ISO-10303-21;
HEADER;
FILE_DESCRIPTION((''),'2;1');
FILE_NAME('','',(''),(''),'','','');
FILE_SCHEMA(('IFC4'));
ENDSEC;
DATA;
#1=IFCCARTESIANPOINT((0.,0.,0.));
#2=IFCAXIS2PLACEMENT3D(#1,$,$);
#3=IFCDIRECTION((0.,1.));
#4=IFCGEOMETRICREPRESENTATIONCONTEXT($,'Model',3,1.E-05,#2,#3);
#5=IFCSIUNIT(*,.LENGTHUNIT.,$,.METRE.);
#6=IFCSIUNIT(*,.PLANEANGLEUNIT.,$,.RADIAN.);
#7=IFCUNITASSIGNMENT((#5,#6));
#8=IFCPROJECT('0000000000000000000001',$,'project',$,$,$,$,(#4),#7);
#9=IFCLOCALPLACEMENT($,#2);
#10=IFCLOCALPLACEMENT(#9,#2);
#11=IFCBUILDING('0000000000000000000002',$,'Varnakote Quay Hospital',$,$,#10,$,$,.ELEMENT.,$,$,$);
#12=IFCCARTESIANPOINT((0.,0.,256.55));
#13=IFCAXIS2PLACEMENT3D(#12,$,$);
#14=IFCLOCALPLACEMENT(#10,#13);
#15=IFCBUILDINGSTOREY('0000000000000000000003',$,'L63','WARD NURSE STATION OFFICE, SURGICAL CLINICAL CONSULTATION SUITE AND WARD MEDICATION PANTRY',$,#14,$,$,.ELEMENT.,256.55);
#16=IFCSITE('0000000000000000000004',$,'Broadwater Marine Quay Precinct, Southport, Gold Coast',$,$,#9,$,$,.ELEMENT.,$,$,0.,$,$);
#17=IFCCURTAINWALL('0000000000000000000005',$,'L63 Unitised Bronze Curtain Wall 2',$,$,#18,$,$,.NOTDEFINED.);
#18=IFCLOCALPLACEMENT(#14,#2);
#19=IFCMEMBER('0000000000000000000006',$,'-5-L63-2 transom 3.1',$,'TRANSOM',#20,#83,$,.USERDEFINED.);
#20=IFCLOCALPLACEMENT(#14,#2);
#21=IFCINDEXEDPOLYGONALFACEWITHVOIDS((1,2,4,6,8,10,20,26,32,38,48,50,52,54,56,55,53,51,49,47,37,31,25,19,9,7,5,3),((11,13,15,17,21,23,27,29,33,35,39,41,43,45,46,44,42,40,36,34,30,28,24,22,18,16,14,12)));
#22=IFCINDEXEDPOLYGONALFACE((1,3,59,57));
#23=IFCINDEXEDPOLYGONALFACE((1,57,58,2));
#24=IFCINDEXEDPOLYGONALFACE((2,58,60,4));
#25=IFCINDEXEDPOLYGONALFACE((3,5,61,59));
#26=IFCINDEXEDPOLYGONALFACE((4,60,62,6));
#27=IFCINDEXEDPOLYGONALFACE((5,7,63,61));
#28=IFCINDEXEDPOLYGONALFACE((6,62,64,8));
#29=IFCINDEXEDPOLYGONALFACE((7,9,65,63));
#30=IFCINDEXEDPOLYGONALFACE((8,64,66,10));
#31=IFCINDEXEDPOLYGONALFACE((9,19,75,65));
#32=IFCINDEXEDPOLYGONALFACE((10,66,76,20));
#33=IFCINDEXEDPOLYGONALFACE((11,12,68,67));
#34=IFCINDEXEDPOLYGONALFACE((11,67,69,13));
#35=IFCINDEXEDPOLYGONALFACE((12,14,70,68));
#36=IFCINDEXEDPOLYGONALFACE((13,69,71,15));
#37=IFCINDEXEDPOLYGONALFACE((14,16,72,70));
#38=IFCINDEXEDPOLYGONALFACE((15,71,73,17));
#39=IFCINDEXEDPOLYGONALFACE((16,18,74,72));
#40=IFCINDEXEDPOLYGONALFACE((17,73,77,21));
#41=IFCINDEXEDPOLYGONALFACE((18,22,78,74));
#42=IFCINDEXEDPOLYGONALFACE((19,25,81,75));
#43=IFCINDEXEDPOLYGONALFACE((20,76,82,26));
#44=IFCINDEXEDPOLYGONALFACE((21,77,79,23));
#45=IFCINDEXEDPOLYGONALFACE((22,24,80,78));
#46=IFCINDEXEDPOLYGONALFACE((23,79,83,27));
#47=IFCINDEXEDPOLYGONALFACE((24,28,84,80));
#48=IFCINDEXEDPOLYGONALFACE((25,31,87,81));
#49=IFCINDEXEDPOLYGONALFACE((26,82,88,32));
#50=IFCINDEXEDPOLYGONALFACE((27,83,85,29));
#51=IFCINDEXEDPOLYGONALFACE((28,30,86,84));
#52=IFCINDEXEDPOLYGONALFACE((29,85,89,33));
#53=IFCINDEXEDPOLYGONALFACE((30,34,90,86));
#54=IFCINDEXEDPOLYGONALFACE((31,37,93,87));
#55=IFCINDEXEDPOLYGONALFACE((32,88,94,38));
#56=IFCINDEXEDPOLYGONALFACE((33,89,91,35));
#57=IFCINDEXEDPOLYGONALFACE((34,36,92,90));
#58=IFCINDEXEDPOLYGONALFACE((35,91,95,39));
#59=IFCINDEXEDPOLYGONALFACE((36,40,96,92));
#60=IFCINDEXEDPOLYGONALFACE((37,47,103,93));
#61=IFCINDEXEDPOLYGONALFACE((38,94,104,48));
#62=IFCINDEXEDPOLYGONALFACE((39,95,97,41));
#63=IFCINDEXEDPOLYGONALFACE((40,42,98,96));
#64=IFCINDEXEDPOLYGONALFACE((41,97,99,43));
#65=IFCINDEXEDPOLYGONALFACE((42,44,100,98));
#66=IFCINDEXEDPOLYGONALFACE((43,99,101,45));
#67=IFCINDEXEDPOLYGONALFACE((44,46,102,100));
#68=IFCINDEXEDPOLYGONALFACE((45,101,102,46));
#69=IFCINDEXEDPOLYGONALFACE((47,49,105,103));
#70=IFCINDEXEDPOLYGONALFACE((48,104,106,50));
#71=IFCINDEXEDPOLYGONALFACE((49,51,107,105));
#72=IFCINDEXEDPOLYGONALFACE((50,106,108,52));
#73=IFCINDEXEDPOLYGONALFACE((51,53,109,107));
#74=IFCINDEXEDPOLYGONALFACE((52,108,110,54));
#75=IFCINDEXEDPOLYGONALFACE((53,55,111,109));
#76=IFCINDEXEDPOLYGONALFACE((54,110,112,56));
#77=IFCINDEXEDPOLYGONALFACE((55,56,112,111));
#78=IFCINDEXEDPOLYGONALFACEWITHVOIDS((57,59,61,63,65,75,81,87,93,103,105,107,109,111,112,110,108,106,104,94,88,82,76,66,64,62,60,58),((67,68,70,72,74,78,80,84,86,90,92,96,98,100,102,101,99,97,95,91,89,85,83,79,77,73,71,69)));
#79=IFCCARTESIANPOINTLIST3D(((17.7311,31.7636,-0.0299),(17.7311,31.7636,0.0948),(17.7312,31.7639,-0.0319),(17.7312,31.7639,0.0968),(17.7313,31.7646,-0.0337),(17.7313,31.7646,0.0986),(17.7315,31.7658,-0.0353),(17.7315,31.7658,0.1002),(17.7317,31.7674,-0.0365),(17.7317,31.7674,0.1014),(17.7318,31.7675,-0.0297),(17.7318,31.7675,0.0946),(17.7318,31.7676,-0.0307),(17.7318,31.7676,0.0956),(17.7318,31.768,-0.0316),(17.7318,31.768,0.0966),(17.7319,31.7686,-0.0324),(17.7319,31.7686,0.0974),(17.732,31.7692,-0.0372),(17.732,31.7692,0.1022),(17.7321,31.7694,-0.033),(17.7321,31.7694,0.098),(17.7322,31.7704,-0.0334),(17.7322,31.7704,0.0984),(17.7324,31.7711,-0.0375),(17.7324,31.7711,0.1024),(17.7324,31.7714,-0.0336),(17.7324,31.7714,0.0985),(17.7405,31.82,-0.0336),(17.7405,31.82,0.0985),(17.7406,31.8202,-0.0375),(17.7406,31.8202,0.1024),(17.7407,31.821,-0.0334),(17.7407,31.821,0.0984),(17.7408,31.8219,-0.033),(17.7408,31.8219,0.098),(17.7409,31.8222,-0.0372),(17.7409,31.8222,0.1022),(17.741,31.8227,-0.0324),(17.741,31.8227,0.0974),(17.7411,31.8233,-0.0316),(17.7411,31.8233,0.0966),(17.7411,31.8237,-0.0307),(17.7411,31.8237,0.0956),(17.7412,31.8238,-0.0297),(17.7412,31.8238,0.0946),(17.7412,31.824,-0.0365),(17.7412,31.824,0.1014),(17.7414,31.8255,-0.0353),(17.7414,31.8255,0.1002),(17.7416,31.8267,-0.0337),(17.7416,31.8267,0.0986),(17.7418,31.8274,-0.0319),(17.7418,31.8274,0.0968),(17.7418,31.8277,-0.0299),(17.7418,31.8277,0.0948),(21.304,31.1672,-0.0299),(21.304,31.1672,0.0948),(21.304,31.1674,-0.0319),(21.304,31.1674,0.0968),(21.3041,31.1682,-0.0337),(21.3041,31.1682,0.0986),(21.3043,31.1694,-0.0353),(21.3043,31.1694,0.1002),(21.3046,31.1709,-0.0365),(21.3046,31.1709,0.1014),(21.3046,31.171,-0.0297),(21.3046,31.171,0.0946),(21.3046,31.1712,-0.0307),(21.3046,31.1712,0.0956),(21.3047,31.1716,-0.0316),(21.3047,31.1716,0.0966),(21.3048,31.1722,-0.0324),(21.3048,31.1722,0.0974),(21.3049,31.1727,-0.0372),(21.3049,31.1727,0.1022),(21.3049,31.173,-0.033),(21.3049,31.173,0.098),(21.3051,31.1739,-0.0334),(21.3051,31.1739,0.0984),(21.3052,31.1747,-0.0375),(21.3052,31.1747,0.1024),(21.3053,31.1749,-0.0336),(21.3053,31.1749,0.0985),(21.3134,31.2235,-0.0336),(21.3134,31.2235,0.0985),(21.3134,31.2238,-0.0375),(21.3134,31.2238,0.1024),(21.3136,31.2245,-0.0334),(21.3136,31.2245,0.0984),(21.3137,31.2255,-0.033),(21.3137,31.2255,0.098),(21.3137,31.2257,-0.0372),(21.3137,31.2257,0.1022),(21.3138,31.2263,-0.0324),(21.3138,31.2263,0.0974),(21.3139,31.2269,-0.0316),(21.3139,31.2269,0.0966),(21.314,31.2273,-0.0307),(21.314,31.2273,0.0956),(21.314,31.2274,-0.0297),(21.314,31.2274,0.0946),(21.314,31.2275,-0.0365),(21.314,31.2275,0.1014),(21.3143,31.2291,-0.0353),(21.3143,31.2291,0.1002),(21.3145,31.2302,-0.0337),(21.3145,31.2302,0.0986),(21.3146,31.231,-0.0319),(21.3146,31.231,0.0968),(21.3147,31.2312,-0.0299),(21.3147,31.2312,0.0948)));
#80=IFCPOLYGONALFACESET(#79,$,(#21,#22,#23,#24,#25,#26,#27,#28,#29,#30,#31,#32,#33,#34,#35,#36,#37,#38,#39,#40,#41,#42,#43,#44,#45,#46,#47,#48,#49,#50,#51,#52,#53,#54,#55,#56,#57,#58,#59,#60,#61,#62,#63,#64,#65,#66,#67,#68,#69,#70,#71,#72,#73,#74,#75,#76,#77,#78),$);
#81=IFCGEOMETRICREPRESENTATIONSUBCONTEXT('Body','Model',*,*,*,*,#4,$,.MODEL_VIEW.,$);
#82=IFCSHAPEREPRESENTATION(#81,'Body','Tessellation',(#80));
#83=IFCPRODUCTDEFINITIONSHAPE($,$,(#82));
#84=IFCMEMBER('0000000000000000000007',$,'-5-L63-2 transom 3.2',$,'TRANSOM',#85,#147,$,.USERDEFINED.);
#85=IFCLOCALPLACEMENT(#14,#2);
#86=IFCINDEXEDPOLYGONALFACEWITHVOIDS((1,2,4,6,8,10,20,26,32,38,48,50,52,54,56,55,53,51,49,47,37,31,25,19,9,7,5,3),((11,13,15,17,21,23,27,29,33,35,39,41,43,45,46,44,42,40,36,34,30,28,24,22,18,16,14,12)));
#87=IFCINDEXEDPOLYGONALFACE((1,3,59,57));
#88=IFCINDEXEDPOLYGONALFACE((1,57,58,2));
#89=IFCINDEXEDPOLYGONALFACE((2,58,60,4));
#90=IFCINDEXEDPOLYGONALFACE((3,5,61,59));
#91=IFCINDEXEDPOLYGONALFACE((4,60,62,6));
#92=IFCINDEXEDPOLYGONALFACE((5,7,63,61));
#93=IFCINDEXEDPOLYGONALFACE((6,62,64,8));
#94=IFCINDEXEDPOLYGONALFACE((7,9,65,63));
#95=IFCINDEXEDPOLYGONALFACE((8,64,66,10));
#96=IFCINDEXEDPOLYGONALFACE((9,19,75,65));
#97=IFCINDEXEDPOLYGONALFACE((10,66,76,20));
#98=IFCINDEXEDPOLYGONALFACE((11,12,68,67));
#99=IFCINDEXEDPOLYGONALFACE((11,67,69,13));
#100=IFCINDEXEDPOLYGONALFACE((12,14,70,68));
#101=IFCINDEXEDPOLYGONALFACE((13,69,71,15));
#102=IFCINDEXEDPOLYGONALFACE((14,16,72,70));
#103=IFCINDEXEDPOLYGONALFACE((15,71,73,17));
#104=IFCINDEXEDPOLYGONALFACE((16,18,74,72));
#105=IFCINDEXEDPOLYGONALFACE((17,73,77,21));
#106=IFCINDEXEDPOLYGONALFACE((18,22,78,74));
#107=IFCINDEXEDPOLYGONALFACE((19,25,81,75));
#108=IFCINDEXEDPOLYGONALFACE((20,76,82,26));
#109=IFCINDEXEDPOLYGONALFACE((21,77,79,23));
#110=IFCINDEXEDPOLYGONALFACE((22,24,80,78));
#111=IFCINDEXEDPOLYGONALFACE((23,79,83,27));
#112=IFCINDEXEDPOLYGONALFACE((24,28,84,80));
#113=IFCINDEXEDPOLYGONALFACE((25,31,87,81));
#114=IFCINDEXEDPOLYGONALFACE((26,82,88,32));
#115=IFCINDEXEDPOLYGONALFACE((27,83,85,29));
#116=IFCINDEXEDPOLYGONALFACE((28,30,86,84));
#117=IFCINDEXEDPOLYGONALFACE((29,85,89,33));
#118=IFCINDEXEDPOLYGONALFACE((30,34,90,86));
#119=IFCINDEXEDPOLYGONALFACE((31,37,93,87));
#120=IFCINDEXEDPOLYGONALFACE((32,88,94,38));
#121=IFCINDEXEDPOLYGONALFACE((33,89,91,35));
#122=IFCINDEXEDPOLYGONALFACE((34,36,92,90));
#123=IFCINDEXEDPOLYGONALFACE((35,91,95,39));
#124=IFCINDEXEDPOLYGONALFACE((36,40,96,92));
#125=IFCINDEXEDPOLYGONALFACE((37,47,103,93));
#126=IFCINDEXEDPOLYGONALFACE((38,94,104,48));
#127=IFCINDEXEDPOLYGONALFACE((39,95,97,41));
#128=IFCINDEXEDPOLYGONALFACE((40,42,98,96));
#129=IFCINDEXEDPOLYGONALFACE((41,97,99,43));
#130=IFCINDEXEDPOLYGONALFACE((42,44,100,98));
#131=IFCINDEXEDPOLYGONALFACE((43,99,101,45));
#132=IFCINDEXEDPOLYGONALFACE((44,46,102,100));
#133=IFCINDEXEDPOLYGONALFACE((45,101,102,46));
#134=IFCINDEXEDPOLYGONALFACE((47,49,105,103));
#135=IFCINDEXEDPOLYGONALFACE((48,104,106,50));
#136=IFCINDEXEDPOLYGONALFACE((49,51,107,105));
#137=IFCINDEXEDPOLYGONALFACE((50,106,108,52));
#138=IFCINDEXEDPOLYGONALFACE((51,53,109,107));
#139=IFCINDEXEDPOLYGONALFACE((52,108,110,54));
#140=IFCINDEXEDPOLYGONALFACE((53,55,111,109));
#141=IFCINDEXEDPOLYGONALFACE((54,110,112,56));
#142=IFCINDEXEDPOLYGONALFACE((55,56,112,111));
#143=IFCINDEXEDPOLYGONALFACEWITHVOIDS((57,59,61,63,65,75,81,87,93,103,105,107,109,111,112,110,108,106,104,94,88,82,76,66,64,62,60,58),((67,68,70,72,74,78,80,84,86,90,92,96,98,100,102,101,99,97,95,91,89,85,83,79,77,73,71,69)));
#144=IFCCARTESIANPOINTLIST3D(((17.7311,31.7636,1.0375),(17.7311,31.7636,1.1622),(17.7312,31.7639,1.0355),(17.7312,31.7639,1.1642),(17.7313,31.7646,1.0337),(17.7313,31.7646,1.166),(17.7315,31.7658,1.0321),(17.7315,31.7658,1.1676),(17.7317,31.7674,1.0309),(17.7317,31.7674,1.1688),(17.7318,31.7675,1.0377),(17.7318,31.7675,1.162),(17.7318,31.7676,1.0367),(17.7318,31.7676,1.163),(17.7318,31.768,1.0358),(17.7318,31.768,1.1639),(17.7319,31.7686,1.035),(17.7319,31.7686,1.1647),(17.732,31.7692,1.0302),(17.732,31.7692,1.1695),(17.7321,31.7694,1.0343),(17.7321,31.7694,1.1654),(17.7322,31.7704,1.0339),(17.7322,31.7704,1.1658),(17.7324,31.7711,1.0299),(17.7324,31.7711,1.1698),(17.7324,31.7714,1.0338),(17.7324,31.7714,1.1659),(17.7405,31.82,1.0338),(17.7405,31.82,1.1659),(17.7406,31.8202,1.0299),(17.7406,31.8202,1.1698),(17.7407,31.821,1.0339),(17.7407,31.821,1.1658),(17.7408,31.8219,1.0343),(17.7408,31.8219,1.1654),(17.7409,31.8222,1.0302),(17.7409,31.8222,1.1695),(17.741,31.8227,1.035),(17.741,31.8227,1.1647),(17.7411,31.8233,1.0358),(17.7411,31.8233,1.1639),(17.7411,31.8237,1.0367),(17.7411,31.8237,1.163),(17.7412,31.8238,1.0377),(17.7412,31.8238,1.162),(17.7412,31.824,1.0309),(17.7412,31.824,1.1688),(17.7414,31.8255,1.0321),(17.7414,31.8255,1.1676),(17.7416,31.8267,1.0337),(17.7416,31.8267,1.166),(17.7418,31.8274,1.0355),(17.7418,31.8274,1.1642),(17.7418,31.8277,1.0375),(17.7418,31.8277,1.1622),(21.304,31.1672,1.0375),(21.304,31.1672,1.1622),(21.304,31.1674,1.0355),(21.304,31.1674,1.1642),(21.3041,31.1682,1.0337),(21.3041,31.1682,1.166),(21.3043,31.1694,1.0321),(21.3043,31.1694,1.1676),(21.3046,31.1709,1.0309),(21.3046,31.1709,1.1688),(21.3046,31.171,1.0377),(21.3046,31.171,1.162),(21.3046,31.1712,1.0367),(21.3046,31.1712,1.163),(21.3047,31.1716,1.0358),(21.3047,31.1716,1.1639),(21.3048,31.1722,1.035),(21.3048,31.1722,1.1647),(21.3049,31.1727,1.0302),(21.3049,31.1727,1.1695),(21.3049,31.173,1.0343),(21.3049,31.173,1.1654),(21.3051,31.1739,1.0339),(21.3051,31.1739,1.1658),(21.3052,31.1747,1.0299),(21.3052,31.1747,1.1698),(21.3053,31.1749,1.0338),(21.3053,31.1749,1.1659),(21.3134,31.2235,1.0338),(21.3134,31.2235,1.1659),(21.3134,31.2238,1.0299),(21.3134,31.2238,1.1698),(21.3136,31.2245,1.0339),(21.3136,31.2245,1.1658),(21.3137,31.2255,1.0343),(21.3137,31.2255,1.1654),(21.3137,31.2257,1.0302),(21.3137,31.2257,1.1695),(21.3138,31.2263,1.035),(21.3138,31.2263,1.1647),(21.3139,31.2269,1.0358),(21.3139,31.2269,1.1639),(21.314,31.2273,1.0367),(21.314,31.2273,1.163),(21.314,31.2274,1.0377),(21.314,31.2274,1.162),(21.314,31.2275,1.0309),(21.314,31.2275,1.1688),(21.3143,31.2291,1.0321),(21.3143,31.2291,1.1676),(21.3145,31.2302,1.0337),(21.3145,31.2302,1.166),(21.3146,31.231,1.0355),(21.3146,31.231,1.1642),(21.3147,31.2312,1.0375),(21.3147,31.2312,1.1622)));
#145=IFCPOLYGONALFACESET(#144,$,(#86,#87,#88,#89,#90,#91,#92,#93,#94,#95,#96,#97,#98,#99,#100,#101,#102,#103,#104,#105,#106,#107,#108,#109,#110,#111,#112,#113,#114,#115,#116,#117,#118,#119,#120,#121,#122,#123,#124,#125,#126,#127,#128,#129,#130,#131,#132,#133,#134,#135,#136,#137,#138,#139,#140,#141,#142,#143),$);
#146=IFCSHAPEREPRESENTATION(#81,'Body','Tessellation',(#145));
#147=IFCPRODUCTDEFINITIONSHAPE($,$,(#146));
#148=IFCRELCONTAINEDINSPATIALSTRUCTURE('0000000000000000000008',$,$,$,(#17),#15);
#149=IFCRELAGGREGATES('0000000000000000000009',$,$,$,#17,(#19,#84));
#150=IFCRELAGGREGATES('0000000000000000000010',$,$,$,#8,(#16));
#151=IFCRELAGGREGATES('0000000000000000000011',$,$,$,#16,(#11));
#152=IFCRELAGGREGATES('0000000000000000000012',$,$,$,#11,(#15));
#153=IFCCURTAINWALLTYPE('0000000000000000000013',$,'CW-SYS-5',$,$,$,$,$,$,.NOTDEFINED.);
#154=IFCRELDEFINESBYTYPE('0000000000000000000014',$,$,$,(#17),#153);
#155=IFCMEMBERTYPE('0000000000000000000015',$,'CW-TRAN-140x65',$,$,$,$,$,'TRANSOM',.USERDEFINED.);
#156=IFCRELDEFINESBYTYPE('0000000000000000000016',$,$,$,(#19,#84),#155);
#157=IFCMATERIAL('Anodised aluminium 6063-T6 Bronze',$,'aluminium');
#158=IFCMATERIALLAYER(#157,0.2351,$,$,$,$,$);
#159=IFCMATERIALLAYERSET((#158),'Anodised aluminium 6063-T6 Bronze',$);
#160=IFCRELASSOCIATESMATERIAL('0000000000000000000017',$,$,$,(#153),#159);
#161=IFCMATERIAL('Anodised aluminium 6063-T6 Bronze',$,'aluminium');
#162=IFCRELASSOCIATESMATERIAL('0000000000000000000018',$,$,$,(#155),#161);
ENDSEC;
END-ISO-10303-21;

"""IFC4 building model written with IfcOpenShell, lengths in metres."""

from ifc_helpers import new_model, si_unit, direction, frame, origin, origin_2d, place, context, subcontext, project, spatial, hollow_rectangle, extrude, material, layer, layer_set, material_profile, profile_set, type_object, element, aggregate, save


model = new_model("IFC4")

# Units and contexts
model_context = context("Model", 3, precision=1e-05, world=origin(), true_north=direction((0.0, 1.0)))
body_context = subcontext(model_context, "Body", "Model", "MODEL_VIEW")
ifc_project = project(units=[si_unit("LENGTHUNIT", "METRE"), si_unit("PLANEANGLEUNIT", "RADIAN")], contexts=[model_context])

# Site, building, storey
site_placement = place(None, origin())
site = spatial("IfcSite", under=ifc_project, at=site_placement, Name="Broadwater Marine Quay Precinct, Southport, Gold Coast", CompositionType="ELEMENT", RefElevation=0.0)
building_placement = place(site_placement, origin())
building = spatial("IfcBuilding", under=site, at=building_placement, Name="Varnakote Quay Hospital", CompositionType="ELEMENT")
storey_placement = place(building_placement, frame((0.0, 0.0, 256.55)))
storey = spatial("IfcBuildingStorey", under=building, at=storey_placement, Name="L63", Description="WARD NURSE STATION OFFICE, SURGICAL CLINICAL CONSULTATION SUITE AND WARD MEDICATION PANTRY", CompositionType="ELEMENT", Elevation=256.55)

# Shared definitions
ifc_material_1 = material(Name="Anodised aluminium 6063-T6 Bronze", Category="aluminium")
ifc_layer_1 = layer(ifc_material_1, 0.2351)
ifc_layer_set_1 = layer_set([ifc_layer_1], Name="Anodised aluminium 6063-T6 Bronze")
curtain_wall_type = type_object("IfcCurtainWallType", Name="CW-SYS-5", PredefinedType="NOTDEFINED", material=ifc_layer_set_1)

# Curtain wall, members
curtain_wall_1_placement = place(storey_placement, origin())
curtain_wall_1 = element("IfcCurtainWall", 1, at=curtain_wall_1_placement, inside=storey, type_object=curtain_wall_type, Name="L63 Unitised Bronze Curtain Wall 2", PredefinedType="NOTDEFINED")
ifc_material_2 = material(Name="Anodised aluminium 6063-T6 Bronze", Category="aluminium")
ifc_material_profile_1 = material_profile(ifc_material_2, hollow_rectangle(XDim=0.0649, YDim=0.1399, WallThickness=0.0039, InnerFilletRadius=0.0039, OuterFilletRadius=0.0076, at=origin_2d()), Name="CW-TRAN-140x65")
ifc_profile_set_1 = profile_set([ifc_material_profile_1], Name="Anodised aluminium 6063-T6 Bronze")
member_type_1 = type_object("IfcMemberType", Name="CW-TRAN-140x65", ElementType="TRANSOM", PredefinedType="USERDEFINED", material=ifc_profile_set_1)
member_1_placement = place(storey_placement, frame((21.3093, 31.1992, 0.0325), z_axis=(-0.98635, 0.164661, 0.0), x_axis=(-0.164661, -0.98635, 0.0)))
member_1 = element("IfcMember", 2, at=member_1_placement, type_object=member_type_1, Name="-5-L63-2 transom 3.1", ObjectType="TRANSOM", PredefinedType="USERDEFINED", context=body_context, shape_type="SweptSolid", body=[
    extrude(hollow_rectangle(XDim=0.0649, YDim=0.1399, WallThickness=0.0039, InnerFilletRadius=0.0039, OuterFilletRadius=0.0076, at=origin_2d()), origin(), (0.0, 0.0, 1.0), 3.6223),
])
member_2_placement = place(storey_placement, frame((21.3093, 31.1992, 1.0999), z_axis=(-0.98635, 0.164661, 0.0), x_axis=(-0.164661, -0.98635, 0.0)))
member_2 = element("IfcMember", 3, at=member_2_placement, type_object=member_type_1, Name="-5-L63-2 transom 3.2", ObjectType="TRANSOM", PredefinedType="USERDEFINED", context=body_context, shape_type="SweptSolid", body=[
    extrude(hollow_rectangle(XDim=0.0649, YDim=0.1399, WallThickness=0.0039, InnerFilletRadius=0.0039, OuterFilletRadius=0.0076, at=origin_2d()), origin(), (0.0, 0.0, 1.0), 3.6223),
])

aggregate(curtain_wall_1, [member_1, member_2])

save(model, "model.ifc")
